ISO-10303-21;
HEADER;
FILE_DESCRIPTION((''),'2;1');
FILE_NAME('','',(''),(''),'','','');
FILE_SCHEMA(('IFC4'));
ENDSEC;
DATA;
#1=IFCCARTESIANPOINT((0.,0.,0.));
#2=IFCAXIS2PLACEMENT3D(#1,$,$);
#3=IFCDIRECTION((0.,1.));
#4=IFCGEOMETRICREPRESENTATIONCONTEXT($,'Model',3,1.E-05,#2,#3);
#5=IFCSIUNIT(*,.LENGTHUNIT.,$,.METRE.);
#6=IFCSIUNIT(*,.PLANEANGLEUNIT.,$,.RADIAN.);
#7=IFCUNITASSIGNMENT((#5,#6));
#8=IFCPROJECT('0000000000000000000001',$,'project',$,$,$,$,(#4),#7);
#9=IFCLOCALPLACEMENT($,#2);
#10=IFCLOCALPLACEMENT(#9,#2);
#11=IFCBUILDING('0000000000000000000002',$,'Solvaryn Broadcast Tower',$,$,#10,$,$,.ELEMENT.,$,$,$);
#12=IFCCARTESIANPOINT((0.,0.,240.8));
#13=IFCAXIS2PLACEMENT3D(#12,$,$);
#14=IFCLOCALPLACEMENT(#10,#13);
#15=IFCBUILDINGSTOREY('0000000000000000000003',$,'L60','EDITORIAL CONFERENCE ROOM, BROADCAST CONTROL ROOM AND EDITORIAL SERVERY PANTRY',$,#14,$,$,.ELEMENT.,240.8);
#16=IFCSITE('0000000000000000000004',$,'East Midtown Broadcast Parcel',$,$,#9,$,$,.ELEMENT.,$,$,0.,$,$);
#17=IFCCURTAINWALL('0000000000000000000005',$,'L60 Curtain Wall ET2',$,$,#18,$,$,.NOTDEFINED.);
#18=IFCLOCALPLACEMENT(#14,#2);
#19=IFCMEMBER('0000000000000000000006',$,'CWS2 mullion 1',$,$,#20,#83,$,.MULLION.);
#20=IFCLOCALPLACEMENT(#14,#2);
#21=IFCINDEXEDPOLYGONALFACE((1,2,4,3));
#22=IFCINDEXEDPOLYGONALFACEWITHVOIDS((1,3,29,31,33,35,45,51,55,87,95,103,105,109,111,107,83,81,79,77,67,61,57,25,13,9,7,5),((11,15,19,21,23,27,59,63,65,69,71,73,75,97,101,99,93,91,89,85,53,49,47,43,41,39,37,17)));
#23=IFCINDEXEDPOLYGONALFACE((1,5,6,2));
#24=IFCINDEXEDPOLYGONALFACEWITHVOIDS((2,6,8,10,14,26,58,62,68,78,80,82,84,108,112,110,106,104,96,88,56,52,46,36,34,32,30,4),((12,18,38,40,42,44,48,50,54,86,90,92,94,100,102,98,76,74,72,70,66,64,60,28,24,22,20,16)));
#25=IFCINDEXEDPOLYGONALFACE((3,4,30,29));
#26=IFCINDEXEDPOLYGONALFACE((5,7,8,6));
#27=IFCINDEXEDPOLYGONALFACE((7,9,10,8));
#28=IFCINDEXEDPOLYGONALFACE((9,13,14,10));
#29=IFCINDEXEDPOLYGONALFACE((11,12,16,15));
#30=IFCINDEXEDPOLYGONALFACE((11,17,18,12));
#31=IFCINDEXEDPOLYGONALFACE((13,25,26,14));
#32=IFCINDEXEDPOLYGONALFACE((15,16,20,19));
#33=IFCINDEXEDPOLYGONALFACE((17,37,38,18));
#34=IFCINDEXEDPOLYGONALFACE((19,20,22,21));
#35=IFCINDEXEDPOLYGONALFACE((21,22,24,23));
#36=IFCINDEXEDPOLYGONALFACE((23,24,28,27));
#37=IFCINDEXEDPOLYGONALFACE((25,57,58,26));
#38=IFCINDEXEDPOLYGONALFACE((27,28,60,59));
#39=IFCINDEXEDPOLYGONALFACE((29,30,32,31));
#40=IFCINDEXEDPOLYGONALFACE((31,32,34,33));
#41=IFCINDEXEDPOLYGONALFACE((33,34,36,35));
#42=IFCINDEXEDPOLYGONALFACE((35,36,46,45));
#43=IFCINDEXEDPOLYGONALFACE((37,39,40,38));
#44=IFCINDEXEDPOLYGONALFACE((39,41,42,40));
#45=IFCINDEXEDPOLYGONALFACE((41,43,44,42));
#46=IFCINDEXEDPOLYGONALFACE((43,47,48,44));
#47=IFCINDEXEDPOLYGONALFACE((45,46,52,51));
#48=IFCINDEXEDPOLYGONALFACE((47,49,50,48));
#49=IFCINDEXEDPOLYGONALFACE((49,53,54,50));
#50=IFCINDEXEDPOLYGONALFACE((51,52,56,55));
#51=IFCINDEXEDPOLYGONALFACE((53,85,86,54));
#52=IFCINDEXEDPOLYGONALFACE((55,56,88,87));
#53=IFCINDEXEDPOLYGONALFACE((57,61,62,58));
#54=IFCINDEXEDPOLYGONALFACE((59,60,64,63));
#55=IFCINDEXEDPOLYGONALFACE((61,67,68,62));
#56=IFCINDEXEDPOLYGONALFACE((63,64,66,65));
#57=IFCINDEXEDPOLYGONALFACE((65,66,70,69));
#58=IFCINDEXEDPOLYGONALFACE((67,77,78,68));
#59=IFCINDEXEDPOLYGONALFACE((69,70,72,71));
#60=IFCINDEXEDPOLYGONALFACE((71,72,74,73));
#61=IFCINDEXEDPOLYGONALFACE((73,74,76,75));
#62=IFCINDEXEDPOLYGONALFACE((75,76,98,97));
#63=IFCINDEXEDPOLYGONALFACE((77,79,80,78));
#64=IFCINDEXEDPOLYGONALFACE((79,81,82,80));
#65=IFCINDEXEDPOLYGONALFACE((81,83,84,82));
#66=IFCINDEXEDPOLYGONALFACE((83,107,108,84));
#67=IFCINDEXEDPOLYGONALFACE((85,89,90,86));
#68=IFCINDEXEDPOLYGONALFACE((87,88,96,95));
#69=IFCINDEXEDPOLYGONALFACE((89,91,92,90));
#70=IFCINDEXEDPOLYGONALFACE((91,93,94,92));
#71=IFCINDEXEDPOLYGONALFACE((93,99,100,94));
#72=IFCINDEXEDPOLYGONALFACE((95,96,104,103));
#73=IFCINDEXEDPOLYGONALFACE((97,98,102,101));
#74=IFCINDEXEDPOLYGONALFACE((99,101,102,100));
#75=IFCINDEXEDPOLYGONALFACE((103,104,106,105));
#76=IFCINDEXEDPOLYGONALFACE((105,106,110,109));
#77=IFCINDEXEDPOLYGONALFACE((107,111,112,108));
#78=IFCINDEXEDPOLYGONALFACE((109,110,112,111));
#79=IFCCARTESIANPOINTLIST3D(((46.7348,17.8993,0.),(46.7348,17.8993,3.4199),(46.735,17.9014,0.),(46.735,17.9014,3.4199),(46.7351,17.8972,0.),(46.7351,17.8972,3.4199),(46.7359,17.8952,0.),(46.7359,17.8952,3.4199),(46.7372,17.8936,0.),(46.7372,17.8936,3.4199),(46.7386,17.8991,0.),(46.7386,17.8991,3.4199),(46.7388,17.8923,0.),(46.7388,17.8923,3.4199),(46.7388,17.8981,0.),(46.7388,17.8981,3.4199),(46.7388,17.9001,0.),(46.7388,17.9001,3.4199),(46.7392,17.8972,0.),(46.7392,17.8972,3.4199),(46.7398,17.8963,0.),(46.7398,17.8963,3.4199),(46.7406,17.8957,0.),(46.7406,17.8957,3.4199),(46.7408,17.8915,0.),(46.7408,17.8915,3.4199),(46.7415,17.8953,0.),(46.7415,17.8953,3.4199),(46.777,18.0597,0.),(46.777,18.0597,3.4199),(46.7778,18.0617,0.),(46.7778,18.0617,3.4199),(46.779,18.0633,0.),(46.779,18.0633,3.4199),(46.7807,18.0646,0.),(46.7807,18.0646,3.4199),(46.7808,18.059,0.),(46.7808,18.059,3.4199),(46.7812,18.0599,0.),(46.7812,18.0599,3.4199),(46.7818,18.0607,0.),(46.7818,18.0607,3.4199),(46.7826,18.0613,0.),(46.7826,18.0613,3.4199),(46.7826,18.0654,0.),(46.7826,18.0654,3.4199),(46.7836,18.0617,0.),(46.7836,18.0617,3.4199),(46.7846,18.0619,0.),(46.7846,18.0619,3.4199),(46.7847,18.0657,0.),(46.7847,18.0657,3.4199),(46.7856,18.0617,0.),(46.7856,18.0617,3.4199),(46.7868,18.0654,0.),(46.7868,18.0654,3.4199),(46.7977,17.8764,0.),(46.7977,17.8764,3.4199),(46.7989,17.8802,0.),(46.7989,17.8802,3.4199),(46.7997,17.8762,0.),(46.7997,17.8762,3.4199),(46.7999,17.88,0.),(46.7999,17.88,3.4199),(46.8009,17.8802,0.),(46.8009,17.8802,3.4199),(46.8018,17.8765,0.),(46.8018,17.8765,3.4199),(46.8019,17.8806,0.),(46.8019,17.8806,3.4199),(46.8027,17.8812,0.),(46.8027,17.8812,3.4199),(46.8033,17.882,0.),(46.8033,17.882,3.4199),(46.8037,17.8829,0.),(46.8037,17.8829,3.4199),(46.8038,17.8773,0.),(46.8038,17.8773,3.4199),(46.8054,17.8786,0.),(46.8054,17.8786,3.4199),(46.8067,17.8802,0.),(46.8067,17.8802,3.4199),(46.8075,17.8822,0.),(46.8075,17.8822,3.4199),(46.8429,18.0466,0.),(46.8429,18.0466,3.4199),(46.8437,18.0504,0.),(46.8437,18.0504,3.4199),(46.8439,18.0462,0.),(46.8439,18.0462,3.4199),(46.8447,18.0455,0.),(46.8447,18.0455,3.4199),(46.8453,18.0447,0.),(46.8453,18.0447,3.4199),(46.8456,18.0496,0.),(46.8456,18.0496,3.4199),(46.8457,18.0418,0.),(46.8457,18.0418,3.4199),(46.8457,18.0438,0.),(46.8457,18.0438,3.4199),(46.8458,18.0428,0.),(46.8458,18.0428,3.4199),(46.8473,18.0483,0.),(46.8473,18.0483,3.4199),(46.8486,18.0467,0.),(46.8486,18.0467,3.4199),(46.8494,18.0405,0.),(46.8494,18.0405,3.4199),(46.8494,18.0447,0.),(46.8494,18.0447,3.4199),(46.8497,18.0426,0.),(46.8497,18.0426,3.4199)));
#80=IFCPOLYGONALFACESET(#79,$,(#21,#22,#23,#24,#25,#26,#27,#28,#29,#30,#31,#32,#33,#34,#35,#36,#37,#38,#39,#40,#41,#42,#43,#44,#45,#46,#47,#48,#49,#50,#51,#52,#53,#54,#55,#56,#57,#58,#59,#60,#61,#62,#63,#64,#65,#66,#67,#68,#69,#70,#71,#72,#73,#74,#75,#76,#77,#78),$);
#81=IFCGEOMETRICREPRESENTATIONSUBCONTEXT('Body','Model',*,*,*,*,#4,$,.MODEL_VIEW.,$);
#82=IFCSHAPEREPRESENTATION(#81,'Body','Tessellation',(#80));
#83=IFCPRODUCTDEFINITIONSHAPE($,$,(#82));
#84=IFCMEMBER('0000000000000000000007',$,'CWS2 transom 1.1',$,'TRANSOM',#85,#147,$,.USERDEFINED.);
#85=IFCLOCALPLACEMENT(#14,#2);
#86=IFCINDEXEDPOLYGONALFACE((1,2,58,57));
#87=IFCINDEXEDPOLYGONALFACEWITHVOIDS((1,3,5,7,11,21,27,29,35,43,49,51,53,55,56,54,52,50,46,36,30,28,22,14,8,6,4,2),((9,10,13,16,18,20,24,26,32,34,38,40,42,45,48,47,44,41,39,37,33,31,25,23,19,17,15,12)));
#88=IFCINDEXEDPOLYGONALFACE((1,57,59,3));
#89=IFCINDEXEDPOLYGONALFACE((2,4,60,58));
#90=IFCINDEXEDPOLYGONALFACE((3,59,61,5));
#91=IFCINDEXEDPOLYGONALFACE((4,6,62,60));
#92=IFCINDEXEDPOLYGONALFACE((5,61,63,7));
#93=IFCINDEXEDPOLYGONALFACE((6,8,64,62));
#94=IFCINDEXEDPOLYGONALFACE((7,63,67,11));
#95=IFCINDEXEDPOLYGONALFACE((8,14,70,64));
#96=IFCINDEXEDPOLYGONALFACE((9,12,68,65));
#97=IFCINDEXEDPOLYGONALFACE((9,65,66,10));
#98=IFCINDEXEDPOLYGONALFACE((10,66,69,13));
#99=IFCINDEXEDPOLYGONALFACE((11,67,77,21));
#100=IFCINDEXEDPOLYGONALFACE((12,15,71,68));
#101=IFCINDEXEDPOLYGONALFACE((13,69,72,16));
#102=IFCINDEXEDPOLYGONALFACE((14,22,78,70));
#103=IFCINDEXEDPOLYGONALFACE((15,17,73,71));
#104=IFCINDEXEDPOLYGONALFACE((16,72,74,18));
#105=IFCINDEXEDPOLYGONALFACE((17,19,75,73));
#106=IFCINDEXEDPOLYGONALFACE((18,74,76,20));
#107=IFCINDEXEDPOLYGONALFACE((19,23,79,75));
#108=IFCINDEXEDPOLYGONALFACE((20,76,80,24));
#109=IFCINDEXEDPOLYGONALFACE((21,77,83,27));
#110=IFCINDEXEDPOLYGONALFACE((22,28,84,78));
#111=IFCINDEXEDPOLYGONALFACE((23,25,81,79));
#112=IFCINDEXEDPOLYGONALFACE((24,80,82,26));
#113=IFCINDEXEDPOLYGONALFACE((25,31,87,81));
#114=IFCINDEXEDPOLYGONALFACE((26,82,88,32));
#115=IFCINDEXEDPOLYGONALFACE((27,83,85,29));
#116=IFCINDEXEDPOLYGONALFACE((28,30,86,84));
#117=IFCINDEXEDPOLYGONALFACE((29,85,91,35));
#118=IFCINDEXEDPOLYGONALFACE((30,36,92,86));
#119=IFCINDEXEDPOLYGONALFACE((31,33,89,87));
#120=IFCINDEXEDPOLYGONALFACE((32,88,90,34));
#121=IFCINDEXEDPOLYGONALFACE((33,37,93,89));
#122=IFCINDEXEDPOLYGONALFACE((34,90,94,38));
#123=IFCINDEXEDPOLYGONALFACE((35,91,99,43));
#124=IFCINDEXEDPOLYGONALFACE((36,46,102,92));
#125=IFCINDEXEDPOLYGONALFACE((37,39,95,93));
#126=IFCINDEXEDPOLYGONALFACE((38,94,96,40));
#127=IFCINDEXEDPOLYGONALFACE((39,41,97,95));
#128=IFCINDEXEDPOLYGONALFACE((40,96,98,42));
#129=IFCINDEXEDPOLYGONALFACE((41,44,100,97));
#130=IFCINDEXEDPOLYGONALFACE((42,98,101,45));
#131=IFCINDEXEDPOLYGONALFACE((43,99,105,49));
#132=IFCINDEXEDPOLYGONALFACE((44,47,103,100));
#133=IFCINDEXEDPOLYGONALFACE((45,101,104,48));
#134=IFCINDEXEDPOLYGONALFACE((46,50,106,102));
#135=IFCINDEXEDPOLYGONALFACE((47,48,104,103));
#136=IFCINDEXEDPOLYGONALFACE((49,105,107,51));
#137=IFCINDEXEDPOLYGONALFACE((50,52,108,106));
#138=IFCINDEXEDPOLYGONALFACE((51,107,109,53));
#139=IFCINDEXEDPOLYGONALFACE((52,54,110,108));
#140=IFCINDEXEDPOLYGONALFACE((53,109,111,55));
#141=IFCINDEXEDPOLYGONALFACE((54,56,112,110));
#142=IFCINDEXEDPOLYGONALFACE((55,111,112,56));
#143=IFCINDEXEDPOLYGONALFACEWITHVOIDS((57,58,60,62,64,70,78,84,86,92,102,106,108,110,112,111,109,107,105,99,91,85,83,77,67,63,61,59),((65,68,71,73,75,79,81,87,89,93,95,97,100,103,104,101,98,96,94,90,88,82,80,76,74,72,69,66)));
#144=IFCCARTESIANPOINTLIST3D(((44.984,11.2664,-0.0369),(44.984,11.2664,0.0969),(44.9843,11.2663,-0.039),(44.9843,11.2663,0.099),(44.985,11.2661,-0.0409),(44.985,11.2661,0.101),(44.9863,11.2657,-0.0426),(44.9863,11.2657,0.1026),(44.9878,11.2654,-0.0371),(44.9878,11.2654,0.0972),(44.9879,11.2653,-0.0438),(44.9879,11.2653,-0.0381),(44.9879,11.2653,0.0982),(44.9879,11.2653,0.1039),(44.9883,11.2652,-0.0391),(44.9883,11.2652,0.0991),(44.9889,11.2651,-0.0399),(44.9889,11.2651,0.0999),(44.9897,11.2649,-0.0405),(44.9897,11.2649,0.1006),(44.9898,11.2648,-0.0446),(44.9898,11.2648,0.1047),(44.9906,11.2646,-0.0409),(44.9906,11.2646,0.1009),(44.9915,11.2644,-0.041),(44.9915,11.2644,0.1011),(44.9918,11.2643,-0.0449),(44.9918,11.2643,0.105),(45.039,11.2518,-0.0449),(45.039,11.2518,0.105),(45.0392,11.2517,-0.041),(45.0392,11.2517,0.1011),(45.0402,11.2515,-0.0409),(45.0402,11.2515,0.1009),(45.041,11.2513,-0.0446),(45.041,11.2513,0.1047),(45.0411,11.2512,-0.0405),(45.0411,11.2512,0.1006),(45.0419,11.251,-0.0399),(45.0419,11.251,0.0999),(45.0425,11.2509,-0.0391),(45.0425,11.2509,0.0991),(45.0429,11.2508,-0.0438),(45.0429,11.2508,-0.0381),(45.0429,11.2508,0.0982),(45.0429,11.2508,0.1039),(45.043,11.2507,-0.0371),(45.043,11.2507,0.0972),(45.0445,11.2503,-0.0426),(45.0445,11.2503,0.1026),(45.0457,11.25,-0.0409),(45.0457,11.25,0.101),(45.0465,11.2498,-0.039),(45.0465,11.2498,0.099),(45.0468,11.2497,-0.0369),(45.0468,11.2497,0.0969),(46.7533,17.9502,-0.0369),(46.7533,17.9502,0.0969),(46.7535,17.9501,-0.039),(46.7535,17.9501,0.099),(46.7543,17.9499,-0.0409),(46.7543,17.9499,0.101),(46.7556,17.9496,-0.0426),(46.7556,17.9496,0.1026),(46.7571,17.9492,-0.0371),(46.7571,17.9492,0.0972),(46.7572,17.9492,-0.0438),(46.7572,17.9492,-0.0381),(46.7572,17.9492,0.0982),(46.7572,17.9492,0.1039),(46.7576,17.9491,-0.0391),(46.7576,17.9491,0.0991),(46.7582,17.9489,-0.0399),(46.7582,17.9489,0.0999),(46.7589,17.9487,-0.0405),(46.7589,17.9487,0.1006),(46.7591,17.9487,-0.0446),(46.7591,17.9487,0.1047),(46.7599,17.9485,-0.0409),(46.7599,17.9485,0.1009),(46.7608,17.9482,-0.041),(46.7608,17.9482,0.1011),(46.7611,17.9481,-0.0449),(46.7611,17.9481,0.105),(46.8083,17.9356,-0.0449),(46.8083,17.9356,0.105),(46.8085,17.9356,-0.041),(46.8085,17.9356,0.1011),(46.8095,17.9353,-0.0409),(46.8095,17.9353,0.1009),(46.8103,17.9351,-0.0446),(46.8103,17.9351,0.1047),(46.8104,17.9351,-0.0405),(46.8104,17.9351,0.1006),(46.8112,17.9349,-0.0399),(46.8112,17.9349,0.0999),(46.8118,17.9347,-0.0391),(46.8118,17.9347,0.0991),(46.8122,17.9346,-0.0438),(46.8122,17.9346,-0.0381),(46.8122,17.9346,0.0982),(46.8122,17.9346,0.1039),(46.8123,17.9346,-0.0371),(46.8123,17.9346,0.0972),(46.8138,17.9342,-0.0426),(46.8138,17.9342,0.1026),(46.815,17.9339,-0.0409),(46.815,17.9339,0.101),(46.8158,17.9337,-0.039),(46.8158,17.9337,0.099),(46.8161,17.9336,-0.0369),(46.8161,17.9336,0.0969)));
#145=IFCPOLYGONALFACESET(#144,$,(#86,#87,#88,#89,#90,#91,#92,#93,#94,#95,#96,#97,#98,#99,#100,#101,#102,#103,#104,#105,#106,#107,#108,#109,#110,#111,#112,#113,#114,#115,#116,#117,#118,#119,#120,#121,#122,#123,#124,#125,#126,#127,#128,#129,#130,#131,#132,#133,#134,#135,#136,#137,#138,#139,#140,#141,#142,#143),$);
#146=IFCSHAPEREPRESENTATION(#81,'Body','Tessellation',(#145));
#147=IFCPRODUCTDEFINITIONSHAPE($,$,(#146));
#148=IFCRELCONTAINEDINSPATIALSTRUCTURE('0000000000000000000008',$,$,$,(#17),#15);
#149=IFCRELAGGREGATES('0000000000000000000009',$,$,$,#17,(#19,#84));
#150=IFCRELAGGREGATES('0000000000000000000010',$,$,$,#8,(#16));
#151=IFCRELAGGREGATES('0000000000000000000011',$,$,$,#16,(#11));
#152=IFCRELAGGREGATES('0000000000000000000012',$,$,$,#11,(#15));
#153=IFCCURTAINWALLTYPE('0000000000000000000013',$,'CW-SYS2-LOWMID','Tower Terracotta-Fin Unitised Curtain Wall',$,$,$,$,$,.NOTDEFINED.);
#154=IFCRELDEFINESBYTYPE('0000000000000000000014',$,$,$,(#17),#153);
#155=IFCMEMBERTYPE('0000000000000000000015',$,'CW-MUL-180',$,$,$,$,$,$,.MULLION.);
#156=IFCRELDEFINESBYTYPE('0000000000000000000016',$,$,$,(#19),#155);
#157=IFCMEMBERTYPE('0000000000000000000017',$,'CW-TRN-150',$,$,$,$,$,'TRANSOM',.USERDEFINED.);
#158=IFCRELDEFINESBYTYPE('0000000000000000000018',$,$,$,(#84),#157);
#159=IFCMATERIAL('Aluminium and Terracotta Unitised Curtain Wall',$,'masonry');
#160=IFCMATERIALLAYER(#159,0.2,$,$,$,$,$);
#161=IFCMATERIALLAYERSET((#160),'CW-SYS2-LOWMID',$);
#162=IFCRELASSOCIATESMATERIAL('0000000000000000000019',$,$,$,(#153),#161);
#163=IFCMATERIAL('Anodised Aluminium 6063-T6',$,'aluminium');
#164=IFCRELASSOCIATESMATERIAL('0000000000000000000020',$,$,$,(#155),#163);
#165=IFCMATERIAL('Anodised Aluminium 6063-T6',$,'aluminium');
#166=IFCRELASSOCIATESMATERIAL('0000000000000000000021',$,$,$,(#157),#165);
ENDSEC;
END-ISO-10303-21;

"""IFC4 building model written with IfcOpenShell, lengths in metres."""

from ifc_helpers import new_model, si_unit, direction, frame, origin, origin_2d, place, context, subcontext, project, spatial, hollow_rectangle, extrude, material, layer, layer_set, material_profile, profile_set, type_object, element, aggregate, save


model = new_model("IFC4")

# Units and contexts
model_context = context("Model", 3, precision=1e-05, world=origin(), true_north=direction((0.0, 1.0)))
body_context = subcontext(model_context, "Body", "Model", "MODEL_VIEW")
ifc_project = project(units=[si_unit("LENGTHUNIT", "METRE"), si_unit("PLANEANGLEUNIT", "RADIAN")], contexts=[model_context])

# Site, building, storey
site_placement = place(None, origin())
site = spatial("IfcSite", under=ifc_project, at=site_placement, Name="East Midtown Broadcast Parcel", CompositionType="ELEMENT", RefElevation=0.0)
building_placement = place(site_placement, origin())
building = spatial("IfcBuilding", under=site, at=building_placement, Name="Solvaryn Broadcast Tower", CompositionType="ELEMENT")
storey_placement = place(building_placement, frame((0.0, 0.0, 240.8)))
storey = spatial("IfcBuildingStorey", under=building, at=storey_placement, Name="L60", Description="EDITORIAL CONFERENCE ROOM, BROADCAST CONTROL ROOM AND EDITORIAL SERVERY PANTRY", CompositionType="ELEMENT", Elevation=240.8)

# Shared definitions
ifc_material_1 = material(Name="Aluminium and Terracotta Unitised Curtain Wall", Category="masonry")
ifc_layer_1 = layer(ifc_material_1, 0.2)
ifc_layer_set_1 = layer_set([ifc_layer_1], Name="CW-SYS2-LOWMID")
curtain_wall_type = type_object("IfcCurtainWallType", Name="CW-SYS2-LOWMID", Description="Tower Terracotta-Fin Unitised Curtain Wall", PredefinedType="NOTDEFINED", material=ifc_layer_set_1)
ifc_material_2 = material(Name="Anodised Aluminium 6063-T6", Category="aluminium")
ifc_material_profile_1 = material_profile(ifc_material_2, hollow_rectangle(XDim=0.075, YDim=0.1799, WallThickness=0.0039, InnerFilletRadius=0.0039, OuterFilletRadius=0.0081, at=origin_2d()))
ifc_profile_set_1 = profile_set([ifc_material_profile_1], Name="Anodised Aluminium 6063-T6")
member_type_1 = type_object("IfcMemberType", Name="CW-MUL-180", PredefinedType="MULLION", material=ifc_profile_set_1)

# Curtain wall, members
curtain_wall_1_placement = place(storey_placement, origin())
curtain_wall_1 = element("IfcCurtainWall", 1, at=curtain_wall_1_placement, inside=storey, type_object=curtain_wall_type, Name="L60 Curtain Wall ET2", PredefinedType="NOTDEFINED")
member_1_placement = place(storey_placement, frame((46.7922, 17.9709, 0.0), z_axis=(0.0, 0.0, 1.0), x_axis=(0.966705, -0.255893, 0.0)))
member_1 = element("IfcMember", 2, at=member_1_placement, type_object=member_type_1, Name="CWS2 mullion 1", PredefinedType="MULLION", context=body_context, shape_type="SweptSolid", body=[
    extrude(hollow_rectangle(XDim=0.075, YDim=0.1799, WallThickness=0.0039, InnerFilletRadius=0.0039, OuterFilletRadius=0.0081, at=origin_2d()), origin(), (0.0, 0.0, 1.0), 3.4199),
])
ifc_material_3 = material(Name="Anodised Aluminium 6063-T6", Category="aluminium")
ifc_material_profile_2 = material_profile(ifc_material_3, hollow_rectangle(XDim=0.0649, YDim=0.1499, WallThickness=0.0039, InnerFilletRadius=0.0039, OuterFilletRadius=0.0081, at=origin_2d()))
ifc_profile_set_2 = profile_set([ifc_material_profile_2], Name="Anodised Aluminium 6063-T6")
member_type_2 = type_object("IfcMemberType", Name="CW-TRN-150", ElementType="TRANSOM", PredefinedType="USERDEFINED", material=ifc_profile_set_2)
member_2_placement = place(storey_placement, frame((46.7847, 17.9419, 0.03), z_axis=(-0.255897, -0.966704, 0.0), x_axis=(0.966704, -0.255897, 0.0)))
member_2 = element("IfcMember", 3, at=member_2_placement, type_object=member_type_2, Name="CWS2 transom 1.1", ObjectType="TRANSOM", PredefinedType="USERDEFINED", context=body_context, shape_type="SweptSolid", body=[
    extrude(hollow_rectangle(XDim=0.0649, YDim=0.1499, WallThickness=0.0039, InnerFilletRadius=0.0039, OuterFilletRadius=0.0081, at=origin_2d()), origin(), (0.0, 0.0, 1.0), 6.9141),
])

aggregate(curtain_wall_1, [member_1, member_2])

save(model, "model.ifc")
